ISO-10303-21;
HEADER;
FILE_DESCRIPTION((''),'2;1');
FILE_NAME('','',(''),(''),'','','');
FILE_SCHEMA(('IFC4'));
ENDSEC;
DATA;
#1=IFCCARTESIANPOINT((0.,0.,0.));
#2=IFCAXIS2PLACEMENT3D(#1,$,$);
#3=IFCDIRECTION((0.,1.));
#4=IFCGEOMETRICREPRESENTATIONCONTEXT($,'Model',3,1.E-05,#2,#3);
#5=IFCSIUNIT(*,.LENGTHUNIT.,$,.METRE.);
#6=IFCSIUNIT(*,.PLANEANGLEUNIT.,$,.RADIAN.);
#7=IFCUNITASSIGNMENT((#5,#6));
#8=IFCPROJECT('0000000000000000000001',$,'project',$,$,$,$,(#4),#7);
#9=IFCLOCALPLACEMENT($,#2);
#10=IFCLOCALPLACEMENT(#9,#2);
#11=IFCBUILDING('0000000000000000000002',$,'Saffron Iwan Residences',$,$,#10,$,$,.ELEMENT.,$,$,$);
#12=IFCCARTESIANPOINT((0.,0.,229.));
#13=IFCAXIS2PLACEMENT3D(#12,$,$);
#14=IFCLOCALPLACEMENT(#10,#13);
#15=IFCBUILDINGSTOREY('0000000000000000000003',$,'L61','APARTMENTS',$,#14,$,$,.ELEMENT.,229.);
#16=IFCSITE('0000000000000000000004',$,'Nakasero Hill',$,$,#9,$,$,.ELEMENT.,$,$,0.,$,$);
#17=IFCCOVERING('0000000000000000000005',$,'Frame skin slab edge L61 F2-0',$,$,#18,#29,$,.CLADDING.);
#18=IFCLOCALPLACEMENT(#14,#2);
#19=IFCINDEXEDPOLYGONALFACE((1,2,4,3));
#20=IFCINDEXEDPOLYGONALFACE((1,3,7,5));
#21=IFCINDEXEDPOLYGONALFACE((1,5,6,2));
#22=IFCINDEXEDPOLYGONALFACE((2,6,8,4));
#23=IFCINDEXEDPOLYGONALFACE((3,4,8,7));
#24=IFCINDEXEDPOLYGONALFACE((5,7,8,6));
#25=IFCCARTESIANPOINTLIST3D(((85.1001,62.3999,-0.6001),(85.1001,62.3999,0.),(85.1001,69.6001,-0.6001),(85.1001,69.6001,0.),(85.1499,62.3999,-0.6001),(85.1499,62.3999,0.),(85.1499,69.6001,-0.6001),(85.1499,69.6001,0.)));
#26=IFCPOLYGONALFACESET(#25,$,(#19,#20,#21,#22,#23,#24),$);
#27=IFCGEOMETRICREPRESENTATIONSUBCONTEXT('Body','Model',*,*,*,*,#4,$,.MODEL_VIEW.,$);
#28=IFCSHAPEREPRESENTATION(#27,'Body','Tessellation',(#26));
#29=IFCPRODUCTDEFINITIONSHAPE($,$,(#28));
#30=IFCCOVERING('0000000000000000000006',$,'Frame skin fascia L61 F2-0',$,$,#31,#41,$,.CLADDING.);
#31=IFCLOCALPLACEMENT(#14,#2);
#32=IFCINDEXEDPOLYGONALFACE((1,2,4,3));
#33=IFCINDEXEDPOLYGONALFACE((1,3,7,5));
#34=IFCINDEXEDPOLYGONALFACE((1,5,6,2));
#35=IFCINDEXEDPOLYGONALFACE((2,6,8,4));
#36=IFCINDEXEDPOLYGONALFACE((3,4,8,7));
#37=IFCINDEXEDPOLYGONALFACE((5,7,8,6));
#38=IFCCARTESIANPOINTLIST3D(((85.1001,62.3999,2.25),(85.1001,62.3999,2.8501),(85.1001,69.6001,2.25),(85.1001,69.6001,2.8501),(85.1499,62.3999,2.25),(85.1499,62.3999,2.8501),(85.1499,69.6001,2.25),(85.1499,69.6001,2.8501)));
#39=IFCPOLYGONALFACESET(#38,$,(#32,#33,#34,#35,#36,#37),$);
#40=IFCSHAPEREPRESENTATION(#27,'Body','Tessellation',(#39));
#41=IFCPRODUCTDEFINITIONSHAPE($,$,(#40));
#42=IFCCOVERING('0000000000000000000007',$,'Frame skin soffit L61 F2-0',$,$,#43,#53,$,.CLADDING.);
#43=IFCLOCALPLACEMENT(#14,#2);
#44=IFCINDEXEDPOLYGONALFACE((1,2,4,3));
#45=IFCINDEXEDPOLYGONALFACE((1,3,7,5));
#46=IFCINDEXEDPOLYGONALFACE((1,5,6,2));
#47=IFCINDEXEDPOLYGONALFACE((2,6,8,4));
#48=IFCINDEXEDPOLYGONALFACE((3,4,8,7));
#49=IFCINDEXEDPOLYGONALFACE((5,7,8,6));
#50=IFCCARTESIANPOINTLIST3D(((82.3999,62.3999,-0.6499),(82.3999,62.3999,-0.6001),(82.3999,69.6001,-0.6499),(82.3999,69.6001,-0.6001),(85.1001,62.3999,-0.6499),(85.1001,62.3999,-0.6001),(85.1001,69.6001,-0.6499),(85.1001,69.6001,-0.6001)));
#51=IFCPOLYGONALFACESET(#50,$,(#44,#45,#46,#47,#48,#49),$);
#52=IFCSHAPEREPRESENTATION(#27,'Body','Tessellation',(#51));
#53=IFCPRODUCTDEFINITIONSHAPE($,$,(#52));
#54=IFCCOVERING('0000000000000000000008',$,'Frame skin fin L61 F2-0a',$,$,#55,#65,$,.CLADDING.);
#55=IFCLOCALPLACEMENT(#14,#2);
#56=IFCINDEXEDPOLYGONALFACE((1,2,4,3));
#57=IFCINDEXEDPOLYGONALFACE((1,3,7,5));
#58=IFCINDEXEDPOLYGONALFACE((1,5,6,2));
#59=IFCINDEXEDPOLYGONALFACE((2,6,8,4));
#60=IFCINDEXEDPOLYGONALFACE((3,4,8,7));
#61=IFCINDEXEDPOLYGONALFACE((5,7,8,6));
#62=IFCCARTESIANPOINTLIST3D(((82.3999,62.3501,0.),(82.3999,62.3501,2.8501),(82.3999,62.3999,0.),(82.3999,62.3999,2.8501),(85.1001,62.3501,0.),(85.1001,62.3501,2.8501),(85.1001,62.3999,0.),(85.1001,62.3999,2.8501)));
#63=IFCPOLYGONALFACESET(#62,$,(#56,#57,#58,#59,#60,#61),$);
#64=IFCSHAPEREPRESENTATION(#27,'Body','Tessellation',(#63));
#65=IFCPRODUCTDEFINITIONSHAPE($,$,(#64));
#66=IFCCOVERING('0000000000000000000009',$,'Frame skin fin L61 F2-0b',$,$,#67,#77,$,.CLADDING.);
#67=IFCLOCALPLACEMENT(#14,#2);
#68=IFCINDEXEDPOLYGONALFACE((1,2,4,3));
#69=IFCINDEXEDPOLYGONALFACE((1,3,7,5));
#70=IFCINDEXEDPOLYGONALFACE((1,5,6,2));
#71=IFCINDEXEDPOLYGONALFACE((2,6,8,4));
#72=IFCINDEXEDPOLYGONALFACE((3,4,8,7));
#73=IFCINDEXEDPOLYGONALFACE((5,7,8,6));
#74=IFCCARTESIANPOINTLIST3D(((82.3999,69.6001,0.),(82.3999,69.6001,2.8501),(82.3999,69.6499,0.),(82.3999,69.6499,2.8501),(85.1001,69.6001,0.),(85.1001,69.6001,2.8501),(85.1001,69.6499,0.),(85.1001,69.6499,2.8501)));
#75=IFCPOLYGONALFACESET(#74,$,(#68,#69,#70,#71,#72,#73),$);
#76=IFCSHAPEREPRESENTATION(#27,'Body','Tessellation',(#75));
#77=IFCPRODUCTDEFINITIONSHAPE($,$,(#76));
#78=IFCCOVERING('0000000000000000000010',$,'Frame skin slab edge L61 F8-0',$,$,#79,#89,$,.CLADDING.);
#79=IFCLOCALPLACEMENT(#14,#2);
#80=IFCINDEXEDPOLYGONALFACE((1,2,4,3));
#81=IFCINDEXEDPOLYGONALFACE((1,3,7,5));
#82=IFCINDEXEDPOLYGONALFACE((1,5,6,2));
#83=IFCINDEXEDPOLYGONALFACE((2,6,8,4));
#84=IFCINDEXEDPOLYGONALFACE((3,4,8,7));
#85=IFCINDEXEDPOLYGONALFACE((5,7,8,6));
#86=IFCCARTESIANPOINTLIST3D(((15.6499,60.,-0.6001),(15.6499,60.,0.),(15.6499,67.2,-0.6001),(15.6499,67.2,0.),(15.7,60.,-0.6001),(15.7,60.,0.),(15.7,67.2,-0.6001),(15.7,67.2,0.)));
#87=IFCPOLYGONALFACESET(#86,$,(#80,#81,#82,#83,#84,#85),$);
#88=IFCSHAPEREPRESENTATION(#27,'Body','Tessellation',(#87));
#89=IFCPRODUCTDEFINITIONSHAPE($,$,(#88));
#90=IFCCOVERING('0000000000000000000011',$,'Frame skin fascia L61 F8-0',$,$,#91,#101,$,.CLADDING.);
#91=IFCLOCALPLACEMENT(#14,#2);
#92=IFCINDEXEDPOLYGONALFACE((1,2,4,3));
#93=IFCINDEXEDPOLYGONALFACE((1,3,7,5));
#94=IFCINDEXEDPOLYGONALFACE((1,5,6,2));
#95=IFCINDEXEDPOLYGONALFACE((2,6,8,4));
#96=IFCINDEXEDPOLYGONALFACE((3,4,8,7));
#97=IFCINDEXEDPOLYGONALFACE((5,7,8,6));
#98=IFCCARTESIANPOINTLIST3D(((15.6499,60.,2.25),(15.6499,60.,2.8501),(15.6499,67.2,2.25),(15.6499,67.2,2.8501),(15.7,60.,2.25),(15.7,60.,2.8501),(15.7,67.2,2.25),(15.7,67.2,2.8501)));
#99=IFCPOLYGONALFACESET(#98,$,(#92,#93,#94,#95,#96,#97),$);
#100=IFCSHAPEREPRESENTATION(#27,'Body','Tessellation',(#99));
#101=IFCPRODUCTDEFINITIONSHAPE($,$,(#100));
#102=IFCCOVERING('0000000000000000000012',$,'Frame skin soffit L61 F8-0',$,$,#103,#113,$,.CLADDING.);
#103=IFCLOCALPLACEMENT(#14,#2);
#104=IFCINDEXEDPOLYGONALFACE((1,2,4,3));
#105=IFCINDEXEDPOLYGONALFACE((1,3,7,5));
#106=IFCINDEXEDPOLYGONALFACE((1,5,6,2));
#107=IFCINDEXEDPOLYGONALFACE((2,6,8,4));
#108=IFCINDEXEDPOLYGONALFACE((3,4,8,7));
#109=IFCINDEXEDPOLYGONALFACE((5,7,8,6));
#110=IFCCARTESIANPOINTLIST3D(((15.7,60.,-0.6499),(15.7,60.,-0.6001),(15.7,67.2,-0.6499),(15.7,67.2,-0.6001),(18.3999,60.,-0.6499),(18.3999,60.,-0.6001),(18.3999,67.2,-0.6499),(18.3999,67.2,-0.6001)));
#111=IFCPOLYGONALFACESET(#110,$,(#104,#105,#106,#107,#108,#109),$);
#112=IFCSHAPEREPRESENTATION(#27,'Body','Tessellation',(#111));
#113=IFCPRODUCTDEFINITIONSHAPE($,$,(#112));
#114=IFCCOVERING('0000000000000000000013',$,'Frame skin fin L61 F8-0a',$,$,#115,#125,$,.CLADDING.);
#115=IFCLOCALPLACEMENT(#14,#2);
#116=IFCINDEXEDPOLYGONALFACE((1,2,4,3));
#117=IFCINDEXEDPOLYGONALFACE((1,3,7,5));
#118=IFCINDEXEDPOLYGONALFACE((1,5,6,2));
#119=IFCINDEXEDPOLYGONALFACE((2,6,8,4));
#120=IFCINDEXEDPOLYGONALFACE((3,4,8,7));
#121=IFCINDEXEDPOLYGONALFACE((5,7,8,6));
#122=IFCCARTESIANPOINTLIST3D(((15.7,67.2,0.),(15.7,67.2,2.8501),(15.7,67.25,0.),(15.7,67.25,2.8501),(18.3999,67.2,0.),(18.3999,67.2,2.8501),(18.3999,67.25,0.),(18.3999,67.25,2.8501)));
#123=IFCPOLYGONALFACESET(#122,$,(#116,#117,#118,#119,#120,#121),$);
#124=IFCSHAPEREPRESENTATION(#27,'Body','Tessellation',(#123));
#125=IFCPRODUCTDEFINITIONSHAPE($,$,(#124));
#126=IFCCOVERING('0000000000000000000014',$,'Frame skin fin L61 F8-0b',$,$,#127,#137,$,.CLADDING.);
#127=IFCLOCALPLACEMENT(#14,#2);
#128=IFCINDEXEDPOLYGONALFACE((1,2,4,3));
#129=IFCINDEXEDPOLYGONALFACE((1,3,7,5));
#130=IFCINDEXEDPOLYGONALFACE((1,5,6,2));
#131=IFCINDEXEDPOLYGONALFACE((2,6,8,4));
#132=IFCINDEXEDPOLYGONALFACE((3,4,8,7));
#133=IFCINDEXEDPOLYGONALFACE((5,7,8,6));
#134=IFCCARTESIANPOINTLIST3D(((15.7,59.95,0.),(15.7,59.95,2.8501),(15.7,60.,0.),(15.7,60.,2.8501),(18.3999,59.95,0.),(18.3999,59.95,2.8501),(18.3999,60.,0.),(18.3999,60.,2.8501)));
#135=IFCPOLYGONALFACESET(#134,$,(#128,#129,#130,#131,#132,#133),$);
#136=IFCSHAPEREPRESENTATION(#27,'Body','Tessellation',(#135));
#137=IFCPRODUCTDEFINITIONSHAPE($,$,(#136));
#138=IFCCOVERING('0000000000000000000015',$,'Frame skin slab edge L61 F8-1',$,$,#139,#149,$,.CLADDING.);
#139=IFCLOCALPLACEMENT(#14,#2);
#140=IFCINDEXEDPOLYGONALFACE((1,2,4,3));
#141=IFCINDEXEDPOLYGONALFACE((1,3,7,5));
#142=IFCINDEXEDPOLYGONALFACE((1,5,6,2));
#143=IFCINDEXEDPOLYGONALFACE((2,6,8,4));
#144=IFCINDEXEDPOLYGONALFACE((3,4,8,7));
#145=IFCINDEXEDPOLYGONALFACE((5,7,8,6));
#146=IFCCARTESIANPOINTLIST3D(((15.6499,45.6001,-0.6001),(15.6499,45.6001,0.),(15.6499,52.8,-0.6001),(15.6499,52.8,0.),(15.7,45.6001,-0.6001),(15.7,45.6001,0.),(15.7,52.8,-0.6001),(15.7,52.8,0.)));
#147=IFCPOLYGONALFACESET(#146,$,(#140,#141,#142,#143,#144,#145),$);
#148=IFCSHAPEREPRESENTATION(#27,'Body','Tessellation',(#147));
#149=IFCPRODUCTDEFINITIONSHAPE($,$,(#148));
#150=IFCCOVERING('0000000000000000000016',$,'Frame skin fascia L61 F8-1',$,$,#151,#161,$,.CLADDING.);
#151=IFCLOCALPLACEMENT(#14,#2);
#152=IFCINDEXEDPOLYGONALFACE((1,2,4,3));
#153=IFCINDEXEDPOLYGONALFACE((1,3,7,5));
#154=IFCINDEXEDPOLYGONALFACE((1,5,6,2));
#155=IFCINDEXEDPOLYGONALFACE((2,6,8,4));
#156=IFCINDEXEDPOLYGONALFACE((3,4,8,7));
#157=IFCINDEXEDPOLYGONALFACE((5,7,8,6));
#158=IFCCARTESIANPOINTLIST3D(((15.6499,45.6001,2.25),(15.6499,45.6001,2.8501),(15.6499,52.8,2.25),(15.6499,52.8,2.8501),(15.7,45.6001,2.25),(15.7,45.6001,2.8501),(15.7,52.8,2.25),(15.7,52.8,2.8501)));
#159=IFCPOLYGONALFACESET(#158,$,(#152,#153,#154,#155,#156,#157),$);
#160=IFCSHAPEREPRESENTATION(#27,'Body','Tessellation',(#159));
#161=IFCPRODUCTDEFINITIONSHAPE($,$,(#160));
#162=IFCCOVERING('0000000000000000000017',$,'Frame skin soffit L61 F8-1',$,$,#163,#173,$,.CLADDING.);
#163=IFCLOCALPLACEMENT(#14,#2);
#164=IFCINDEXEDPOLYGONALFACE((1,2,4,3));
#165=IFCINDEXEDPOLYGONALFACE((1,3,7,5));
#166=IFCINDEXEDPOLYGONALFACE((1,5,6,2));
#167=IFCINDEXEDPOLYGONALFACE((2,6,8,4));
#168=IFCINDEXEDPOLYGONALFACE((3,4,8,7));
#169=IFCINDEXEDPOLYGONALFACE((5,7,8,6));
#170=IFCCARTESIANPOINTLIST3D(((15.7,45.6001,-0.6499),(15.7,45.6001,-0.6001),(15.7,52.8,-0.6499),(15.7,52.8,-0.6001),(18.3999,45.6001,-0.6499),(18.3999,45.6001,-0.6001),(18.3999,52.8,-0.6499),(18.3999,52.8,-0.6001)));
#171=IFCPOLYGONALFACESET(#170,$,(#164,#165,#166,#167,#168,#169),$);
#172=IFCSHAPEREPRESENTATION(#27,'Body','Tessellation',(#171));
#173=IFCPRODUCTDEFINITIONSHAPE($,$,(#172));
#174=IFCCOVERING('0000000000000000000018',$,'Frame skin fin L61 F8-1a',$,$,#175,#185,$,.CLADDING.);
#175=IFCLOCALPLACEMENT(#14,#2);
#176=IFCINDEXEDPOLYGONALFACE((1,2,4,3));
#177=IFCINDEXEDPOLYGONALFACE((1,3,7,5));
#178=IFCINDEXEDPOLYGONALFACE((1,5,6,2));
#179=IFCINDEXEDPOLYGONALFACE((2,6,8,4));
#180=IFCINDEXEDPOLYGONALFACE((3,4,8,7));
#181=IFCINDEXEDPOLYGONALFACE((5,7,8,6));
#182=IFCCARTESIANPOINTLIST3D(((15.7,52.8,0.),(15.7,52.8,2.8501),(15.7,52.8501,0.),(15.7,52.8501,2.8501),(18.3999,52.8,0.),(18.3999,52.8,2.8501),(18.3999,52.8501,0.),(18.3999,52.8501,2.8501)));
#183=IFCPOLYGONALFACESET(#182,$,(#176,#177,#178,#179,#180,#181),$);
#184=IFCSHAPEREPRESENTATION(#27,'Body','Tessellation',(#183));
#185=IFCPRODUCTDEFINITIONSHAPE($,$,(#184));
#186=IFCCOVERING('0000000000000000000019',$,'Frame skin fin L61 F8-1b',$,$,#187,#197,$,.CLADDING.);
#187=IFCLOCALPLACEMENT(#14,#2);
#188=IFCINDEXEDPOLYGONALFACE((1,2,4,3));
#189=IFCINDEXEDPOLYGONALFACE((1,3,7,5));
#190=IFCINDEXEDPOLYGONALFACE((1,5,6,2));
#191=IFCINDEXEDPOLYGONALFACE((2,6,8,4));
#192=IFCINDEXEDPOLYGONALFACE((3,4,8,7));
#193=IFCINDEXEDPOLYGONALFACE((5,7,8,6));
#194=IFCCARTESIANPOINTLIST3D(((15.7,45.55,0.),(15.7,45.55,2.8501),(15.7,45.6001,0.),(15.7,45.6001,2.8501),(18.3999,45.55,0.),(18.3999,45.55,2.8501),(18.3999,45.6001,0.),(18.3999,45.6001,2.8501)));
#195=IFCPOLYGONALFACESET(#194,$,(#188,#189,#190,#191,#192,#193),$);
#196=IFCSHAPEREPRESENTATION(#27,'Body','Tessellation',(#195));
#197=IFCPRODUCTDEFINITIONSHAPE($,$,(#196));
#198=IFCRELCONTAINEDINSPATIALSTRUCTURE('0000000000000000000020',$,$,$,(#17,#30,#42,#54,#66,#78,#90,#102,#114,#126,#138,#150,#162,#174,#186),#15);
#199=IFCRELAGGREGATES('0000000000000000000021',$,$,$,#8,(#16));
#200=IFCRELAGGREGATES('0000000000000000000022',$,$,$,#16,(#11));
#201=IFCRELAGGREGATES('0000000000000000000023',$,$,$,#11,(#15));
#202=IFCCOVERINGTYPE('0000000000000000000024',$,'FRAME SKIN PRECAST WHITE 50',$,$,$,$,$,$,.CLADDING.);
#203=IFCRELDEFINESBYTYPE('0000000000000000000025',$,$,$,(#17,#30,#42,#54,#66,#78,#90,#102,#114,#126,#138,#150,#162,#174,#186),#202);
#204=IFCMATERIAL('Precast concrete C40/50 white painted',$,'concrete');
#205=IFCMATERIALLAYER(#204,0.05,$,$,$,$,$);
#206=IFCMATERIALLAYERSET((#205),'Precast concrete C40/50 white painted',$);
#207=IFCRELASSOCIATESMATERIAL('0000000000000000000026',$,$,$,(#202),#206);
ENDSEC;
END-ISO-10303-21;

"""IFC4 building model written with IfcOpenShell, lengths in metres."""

from ifc_helpers import new_model, si_unit, direction, frame, origin, place, context, subcontext, project, spatial, polyline, outline, extrude, material, layer, layer_set, type_object, element, save


model = new_model("IFC4")

# Units and contexts
model_context = context("Model", 3, precision=1e-05, world=origin(), true_north=direction((0.0, 1.0)))
body_context = subcontext(model_context, "Body", "Model", "MODEL_VIEW")
ifc_project = project(units=[si_unit("LENGTHUNIT", "METRE"), si_unit("PLANEANGLEUNIT", "RADIAN")], contexts=[model_context])

# Site, building, storey
site_placement = place(None, origin())
site = spatial("IfcSite", under=ifc_project, at=site_placement, Name="Nakasero Hill", CompositionType="ELEMENT", RefElevation=0.0)
building_placement = place(site_placement, origin())
building = spatial("IfcBuilding", under=site, at=building_placement, Name="Saffron Iwan Residences", CompositionType="ELEMENT")
storey_placement = place(building_placement, frame((0.0, 0.0, 229.0)))
storey = spatial("IfcBuildingStorey", under=building, at=storey_placement, Name="L61", Description="APARTMENTS", CompositionType="ELEMENT", Elevation=229.0)

# Coverings
ifc_material_1 = material(Name="Precast concrete C40/50 white painted", Category="concrete")
ifc_layer_1 = layer(ifc_material_1, 0.05)
ifc_layer_set_1 = layer_set([ifc_layer_1], Name="Precast concrete C40/50 white painted")
covering_type_1 = type_object("IfcCoveringType", Name="FRAME SKIN PRECAST WHITE 50", PredefinedType="CLADDING", material=ifc_layer_set_1)
for number, where, name in (
    (1, (0.0, 0.0, -0.6001), "Frame skin slab edge L61 F2-0"),
    (2, (0.0, 0.0, 2.25), "Frame skin fascia L61 F2-0"),
):
    element("IfcCovering", number, at=place(storey_placement, frame(where)), inside=storey, type_object=covering_type_1, Name=name, PredefinedType="CLADDING", context=body_context, shape_type="SweptSolid", body=[
        extrude(outline(polyline([(85.1499, 62.3999), (85.1499, 69.6001), (85.1001, 69.6001), (85.1001, 62.3999), (85.1499, 62.3999)])), origin(), (0.0, 0.0, 1.0), 0.6001),
    ])
covering_1_placement = place(storey_placement, frame((0.0, 0.0, -0.6499)))
element("IfcCovering", 3, at=covering_1_placement, inside=storey, type_object=covering_type_1, Name="Frame skin soffit L61 F2-0", PredefinedType="CLADDING", context=body_context, shape_type="SweptSolid", body=[
    extrude(outline(polyline([(85.1001, 62.3999), (85.1001, 69.6001), (82.3999, 69.6001), (82.3999, 62.3999), (85.1001, 62.3999)])), origin(), (0.0, 0.0, 1.0), 0.0498),
])
covering_2_placement = place(storey_placement, origin())
element("IfcCovering", 4, at=covering_2_placement, inside=storey, type_object=covering_type_1, Name="Frame skin fin L61 F2-0a", PredefinedType="CLADDING", context=body_context, shape_type="SweptSolid", body=[
    extrude(outline(polyline([(85.1001, 62.3501), (85.1001, 62.3999), (82.3999, 62.3999), (82.3999, 62.3501), (85.1001, 62.3501)])), origin(), (0.0, 0.0, 1.0), 2.8501),
])
covering_3_placement = place(storey_placement, origin())
element("IfcCovering", 5, at=covering_3_placement, inside=storey, type_object=covering_type_1, Name="Frame skin fin L61 F2-0b", PredefinedType="CLADDING", context=body_context, shape_type="SweptSolid", body=[
    extrude(outline(polyline([(85.1001, 69.6001), (85.1001, 69.6499), (82.3999, 69.6499), (82.3999, 69.6001), (85.1001, 69.6001)])), origin(), (0.0, 0.0, 1.0), 2.8501),
])
for number, where, name in (
    (6, (0.0, 0.0, -0.6001), "Frame skin slab edge L61 F8-0"),
    (7, (0.0, 0.0, 2.25), "Frame skin fascia L61 F8-0"),
):
    element("IfcCovering", number, at=place(storey_placement, frame(where)), inside=storey, type_object=covering_type_1, Name=name, PredefinedType="CLADDING", context=body_context, shape_type="SweptSolid", body=[
        extrude(outline(polyline([(15.6499, 67.2), (15.6499, 60.0), (15.7, 60.0), (15.7, 67.2), (15.6499, 67.2)])), origin(), (0.0, 0.0, 1.0), 0.6001),
    ])
covering_4_placement = place(storey_placement, frame((0.0, 0.0, -0.6499)))
element("IfcCovering", 8, at=covering_4_placement, inside=storey, type_object=covering_type_1, Name="Frame skin soffit L61 F8-0", PredefinedType="CLADDING", context=body_context, shape_type="SweptSolid", body=[
    extrude(outline(polyline([(15.7, 67.2), (15.7, 60.0), (18.3999, 60.0), (18.3999, 67.2), (15.7, 67.2)])), origin(), (0.0, 0.0, 1.0), 0.0498),
])
covering_5_placement = place(storey_placement, origin())
element("IfcCovering", 9, at=covering_5_placement, inside=storey, type_object=covering_type_1, Name="Frame skin fin L61 F8-0a", PredefinedType="CLADDING", context=body_context, shape_type="SweptSolid", body=[
    extrude(outline(polyline([(15.7, 67.25), (15.7, 67.2), (18.3999, 67.2), (18.3999, 67.25), (15.7, 67.25)])), origin(), (0.0, 0.0, 1.0), 2.8501),
])
covering_6_placement = place(storey_placement, origin())
element("IfcCovering", 10, at=covering_6_placement, inside=storey, type_object=covering_type_1, Name="Frame skin fin L61 F8-0b", PredefinedType="CLADDING", context=body_context, shape_type="SweptSolid", body=[
    extrude(outline(polyline([(15.7, 60.0), (15.7, 59.95), (18.3999, 59.95), (18.3999, 60.0), (15.7, 60.0)])), origin(), (0.0, 0.0, 1.0), 2.8501),
])
for number, where, name in (
    (11, (0.0, 0.0, -0.6001), "Frame skin slab edge L61 F8-1"),
    (12, (0.0, 0.0, 2.25), "Frame skin fascia L61 F8-1"),
):
    element("IfcCovering", number, at=place(storey_placement, frame(where)), inside=storey, type_object=covering_type_1, Name=name, PredefinedType="CLADDING", context=body_context, shape_type="SweptSolid", body=[
        extrude(outline(polyline([(15.6499, 52.8), (15.6499, 45.6001), (15.7, 45.6001), (15.7, 52.8), (15.6499, 52.8)])), origin(), (0.0, 0.0, 1.0), 0.6001),
    ])
covering_7_placement = place(storey_placement, frame((0.0, 0.0, -0.6499)))
element("IfcCovering", 13, at=covering_7_placement, inside=storey, type_object=covering_type_1, Name="Frame skin soffit L61 F8-1", PredefinedType="CLADDING", context=body_context, shape_type="SweptSolid", body=[
    extrude(outline(polyline([(15.7, 52.8), (15.7, 45.6001), (18.3999, 45.6001), (18.3999, 52.8), (15.7, 52.8)])), origin(), (0.0, 0.0, 1.0), 0.0498),
])
covering_8_placement = place(storey_placement, origin())
element("IfcCovering", 14, at=covering_8_placement, inside=storey, type_object=covering_type_1, Name="Frame skin fin L61 F8-1a", PredefinedType="CLADDING", context=body_context, shape_type="SweptSolid", body=[
    extrude(outline(polyline([(15.7, 52.8501), (15.7, 52.8), (18.3999, 52.8), (18.3999, 52.8501), (15.7, 52.8501)])), origin(), (0.0, 0.0, 1.0), 2.8501),
])
covering_9_placement = place(storey_placement, origin())
element("IfcCovering", 15, at=covering_9_placement, inside=storey, type_object=covering_type_1, Name="Frame skin fin L61 F8-1b", PredefinedType="CLADDING", context=body_context, shape_type="SweptSolid", body=[
    extrude(outline(polyline([(15.7, 45.6001), (15.7, 45.55), (18.3999, 45.55), (18.3999, 45.6001), (15.7, 45.6001)])), origin(), (0.0, 0.0, 1.0), 2.8501),
])

save(model, "model.ifc")
